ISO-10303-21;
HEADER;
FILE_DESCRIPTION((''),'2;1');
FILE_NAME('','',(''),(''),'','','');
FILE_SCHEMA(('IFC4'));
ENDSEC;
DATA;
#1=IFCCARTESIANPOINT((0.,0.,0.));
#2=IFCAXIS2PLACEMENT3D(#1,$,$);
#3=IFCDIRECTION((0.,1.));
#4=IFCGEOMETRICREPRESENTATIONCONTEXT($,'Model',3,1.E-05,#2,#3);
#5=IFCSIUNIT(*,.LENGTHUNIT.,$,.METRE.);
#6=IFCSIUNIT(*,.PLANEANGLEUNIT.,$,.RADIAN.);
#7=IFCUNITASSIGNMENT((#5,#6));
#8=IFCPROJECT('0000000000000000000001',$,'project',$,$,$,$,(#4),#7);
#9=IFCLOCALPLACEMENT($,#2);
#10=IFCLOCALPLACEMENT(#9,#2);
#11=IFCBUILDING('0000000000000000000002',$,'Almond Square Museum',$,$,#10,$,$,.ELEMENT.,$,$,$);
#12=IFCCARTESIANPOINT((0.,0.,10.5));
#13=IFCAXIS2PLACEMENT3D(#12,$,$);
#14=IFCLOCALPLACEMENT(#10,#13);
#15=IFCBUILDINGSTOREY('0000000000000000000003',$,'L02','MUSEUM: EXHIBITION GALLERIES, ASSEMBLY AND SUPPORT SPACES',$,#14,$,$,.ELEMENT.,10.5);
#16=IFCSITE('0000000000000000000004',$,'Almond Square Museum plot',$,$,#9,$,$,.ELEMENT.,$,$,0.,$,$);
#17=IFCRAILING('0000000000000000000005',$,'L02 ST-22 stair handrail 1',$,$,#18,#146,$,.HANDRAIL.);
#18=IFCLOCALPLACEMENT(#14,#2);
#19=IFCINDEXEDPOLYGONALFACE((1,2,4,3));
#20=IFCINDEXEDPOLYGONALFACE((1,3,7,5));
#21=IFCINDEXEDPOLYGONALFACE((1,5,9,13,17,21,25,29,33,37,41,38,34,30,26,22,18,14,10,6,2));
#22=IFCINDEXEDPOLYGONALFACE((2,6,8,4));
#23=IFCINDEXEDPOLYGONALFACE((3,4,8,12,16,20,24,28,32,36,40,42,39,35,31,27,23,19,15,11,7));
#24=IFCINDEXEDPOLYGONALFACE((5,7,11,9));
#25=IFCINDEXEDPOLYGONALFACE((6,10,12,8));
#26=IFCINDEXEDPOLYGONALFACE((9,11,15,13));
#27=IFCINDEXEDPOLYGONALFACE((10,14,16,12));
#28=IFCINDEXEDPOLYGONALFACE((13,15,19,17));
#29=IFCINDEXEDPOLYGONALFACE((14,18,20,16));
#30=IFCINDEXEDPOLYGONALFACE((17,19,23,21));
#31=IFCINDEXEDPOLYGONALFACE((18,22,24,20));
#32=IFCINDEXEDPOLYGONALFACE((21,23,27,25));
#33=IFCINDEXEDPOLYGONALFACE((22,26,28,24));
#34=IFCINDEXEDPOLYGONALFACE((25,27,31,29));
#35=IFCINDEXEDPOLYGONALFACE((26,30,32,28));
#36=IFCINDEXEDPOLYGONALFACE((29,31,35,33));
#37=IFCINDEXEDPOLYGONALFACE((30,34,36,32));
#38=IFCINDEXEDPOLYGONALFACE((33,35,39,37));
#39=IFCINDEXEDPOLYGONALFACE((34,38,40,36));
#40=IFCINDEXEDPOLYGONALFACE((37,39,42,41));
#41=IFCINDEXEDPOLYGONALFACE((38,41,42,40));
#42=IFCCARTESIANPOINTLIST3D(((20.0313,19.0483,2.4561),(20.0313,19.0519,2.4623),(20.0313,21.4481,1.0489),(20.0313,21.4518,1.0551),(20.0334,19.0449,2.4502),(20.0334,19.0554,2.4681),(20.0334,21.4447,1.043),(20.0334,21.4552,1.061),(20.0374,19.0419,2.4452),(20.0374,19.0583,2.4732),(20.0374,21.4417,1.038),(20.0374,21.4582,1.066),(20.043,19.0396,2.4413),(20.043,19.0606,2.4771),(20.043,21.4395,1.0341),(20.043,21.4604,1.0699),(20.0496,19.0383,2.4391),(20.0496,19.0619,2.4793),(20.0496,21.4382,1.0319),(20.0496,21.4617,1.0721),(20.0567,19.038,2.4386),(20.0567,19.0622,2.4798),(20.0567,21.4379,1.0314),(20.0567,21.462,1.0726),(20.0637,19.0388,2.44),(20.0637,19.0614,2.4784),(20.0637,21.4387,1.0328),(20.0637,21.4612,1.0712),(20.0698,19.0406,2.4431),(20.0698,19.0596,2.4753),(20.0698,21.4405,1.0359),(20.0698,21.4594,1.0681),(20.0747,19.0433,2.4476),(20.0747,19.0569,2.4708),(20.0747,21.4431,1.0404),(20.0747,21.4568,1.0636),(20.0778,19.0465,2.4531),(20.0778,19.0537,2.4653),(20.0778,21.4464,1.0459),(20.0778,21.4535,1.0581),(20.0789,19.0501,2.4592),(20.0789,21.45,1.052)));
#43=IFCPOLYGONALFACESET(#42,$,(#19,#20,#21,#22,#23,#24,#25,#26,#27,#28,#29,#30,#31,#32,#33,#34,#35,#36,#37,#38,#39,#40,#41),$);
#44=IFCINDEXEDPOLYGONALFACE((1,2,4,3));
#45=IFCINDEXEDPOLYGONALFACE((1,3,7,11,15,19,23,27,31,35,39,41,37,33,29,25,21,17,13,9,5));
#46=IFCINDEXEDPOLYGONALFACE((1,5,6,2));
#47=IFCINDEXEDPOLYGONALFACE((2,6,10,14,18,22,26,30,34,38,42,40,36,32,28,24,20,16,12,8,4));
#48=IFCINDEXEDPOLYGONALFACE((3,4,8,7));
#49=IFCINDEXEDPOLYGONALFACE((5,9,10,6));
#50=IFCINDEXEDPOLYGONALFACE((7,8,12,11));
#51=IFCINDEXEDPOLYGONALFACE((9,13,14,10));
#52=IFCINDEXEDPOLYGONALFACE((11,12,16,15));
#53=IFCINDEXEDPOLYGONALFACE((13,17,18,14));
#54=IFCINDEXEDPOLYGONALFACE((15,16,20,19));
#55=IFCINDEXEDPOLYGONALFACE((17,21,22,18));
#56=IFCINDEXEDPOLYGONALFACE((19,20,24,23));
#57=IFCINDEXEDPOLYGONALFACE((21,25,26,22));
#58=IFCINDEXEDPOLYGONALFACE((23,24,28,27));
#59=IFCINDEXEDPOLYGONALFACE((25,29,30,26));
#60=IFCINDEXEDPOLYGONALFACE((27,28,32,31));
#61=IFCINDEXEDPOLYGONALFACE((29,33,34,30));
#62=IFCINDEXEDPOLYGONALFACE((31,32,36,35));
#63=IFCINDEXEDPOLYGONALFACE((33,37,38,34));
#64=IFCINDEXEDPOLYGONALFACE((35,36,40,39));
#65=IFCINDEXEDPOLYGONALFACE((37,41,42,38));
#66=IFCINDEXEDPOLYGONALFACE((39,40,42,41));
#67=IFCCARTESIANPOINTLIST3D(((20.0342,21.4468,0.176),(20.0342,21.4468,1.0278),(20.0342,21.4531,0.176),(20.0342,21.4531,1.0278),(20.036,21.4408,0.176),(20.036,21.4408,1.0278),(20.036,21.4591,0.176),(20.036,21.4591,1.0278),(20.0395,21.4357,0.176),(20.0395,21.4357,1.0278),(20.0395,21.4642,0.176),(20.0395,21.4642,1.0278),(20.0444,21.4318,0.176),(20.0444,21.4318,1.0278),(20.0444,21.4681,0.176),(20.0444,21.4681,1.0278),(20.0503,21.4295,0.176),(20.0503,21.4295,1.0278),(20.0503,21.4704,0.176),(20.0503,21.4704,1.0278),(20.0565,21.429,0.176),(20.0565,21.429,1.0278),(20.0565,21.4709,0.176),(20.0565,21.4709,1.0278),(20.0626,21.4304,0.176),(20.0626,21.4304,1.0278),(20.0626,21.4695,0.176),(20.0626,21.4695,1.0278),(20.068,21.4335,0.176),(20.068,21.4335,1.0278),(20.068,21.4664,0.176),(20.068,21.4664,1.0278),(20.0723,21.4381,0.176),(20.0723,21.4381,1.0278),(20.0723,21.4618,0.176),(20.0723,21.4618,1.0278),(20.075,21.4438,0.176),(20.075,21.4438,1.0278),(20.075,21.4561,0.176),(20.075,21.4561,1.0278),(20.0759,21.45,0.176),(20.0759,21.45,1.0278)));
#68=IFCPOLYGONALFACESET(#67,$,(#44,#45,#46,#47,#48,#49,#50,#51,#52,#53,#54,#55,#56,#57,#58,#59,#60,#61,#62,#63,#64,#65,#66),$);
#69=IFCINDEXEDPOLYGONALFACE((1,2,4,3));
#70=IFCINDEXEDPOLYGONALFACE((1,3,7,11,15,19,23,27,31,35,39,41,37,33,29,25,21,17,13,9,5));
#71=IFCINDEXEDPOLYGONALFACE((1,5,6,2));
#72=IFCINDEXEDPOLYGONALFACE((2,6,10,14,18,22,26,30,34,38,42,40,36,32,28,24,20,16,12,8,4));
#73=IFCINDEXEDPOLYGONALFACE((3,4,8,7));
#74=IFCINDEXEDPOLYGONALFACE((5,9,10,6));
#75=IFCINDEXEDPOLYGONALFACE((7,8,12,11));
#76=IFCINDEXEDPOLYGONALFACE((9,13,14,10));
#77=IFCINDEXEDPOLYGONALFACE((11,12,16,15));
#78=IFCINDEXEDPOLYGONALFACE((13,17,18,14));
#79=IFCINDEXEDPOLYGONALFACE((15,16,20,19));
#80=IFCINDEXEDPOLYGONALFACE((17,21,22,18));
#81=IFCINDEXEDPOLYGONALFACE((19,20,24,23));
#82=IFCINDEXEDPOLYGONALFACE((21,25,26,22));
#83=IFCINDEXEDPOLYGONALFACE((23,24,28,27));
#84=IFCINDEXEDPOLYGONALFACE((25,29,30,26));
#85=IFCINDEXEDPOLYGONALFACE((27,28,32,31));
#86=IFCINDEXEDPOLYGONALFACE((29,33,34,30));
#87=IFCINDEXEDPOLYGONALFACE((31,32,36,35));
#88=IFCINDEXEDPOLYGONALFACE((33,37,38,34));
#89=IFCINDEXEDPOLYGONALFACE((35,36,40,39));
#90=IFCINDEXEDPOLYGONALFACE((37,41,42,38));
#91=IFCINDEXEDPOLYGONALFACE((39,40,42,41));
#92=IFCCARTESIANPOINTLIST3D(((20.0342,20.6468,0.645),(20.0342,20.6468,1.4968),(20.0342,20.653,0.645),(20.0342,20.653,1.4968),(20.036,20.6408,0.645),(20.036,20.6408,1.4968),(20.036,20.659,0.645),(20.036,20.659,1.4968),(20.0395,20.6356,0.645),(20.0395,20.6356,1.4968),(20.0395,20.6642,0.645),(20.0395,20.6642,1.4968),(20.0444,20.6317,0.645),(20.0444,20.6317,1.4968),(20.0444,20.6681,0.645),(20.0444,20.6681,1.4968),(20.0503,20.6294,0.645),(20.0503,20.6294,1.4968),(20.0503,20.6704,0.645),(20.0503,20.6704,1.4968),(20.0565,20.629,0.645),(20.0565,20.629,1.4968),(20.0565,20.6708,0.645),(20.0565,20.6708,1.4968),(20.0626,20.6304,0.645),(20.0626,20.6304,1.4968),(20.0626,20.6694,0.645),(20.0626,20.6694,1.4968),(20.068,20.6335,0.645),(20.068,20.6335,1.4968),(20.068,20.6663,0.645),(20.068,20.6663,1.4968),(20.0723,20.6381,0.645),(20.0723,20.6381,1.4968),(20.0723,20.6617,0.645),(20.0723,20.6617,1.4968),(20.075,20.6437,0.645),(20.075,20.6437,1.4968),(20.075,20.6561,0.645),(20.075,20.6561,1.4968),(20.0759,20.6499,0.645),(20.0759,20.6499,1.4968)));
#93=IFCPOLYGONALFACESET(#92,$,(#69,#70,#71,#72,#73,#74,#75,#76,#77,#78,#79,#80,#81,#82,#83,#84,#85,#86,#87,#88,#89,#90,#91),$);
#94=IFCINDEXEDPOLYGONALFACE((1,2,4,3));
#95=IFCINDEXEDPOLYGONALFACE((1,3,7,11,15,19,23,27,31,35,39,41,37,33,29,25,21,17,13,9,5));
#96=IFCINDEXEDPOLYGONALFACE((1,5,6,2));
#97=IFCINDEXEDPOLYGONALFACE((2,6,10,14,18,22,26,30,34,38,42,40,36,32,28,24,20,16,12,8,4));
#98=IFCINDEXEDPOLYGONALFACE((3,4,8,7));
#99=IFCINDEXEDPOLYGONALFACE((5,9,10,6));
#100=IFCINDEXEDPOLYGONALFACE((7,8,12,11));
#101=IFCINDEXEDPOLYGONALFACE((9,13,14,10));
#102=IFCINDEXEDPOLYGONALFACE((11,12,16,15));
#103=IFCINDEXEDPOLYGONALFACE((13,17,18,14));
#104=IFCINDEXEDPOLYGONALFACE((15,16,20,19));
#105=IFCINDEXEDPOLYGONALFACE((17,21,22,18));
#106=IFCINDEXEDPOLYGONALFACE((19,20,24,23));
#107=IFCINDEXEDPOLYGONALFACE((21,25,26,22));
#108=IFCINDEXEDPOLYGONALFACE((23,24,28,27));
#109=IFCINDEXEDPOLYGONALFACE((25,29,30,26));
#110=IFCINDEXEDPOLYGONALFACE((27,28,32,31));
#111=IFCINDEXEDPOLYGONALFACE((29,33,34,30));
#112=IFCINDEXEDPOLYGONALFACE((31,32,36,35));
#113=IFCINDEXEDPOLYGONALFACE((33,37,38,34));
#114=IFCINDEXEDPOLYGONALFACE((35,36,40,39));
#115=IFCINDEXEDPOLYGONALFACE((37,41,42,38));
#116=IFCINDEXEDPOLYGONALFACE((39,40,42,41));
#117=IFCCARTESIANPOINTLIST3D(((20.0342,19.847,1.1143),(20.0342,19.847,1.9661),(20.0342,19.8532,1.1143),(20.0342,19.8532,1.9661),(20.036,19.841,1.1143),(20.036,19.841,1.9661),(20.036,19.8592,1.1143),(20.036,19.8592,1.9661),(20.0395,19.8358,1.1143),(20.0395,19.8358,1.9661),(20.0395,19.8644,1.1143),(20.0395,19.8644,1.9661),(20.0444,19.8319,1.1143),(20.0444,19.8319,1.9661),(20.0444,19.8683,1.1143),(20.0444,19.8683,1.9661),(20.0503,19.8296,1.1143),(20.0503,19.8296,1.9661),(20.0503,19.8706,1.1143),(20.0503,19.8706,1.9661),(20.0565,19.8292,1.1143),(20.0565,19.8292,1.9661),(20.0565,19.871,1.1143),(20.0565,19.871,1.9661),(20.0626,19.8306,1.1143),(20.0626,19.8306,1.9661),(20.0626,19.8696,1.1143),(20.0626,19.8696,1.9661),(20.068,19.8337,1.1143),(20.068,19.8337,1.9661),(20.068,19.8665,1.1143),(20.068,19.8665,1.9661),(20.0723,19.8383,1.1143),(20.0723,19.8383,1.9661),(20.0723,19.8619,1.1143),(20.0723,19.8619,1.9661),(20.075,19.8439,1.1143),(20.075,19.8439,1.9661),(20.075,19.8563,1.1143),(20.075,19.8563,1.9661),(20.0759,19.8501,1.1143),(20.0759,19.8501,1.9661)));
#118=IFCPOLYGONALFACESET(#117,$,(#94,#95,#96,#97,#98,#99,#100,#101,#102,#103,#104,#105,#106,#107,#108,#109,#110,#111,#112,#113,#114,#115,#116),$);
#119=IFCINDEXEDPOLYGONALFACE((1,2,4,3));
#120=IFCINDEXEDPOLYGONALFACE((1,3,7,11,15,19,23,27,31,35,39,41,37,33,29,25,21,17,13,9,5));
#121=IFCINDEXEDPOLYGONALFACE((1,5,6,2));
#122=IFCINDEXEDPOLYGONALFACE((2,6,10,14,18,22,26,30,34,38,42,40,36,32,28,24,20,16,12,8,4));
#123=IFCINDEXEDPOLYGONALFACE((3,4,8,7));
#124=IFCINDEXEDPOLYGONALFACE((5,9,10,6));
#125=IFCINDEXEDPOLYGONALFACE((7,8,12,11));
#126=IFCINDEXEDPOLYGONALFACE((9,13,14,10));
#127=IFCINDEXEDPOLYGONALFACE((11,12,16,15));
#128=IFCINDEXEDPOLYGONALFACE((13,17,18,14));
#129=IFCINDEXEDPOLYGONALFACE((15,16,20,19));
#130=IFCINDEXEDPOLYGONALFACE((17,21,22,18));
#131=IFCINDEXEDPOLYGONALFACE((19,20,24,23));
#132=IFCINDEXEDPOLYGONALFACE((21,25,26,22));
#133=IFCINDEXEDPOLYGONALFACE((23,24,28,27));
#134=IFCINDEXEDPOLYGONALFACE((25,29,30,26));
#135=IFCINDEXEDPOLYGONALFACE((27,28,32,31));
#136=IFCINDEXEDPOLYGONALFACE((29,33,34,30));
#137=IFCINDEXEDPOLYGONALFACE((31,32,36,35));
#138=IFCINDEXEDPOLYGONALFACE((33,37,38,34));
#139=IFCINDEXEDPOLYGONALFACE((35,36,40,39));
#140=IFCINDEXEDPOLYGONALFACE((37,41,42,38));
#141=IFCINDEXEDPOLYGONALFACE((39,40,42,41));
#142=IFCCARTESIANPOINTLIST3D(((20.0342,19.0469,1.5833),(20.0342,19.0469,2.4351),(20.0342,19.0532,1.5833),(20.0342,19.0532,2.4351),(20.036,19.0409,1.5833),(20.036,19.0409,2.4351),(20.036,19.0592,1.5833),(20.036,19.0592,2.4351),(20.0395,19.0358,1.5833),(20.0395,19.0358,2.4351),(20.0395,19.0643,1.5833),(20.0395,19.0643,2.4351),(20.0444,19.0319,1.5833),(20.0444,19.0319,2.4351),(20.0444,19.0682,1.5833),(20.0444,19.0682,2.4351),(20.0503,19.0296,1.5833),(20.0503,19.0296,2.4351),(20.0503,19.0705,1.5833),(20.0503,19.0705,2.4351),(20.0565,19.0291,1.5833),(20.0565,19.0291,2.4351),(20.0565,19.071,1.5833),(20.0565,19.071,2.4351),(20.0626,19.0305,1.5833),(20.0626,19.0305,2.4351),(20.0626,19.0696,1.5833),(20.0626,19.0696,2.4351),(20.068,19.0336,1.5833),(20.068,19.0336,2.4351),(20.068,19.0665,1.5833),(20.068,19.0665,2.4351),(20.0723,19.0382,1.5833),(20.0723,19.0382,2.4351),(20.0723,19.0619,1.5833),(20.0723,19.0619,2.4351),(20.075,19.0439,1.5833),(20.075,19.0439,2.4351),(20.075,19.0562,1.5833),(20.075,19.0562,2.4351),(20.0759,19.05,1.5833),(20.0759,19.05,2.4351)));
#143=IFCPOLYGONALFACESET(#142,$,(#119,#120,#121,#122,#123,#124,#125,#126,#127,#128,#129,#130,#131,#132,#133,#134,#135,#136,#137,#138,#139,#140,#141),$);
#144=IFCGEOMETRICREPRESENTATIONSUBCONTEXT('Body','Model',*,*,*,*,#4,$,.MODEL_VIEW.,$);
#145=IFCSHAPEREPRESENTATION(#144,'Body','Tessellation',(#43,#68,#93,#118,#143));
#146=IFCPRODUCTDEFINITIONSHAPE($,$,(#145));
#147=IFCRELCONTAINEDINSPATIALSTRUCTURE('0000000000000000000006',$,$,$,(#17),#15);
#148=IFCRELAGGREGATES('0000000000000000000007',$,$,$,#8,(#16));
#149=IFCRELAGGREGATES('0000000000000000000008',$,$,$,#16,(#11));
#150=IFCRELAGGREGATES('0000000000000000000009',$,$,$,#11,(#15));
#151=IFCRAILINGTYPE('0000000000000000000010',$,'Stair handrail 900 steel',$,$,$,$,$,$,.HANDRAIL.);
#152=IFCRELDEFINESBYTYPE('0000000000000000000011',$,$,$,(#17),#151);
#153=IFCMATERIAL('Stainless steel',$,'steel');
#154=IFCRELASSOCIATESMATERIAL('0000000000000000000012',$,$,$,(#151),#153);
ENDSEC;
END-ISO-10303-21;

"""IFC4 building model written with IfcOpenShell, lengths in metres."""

from ifc_helpers import new_model, si_unit, direction, frame, origin, origin_2d, place, context, subcontext, project, spatial, circle, extrude, material, type_object, element, save


model = new_model("IFC4")

# Units and contexts
model_context = context("Model", 3, precision=1e-05, world=origin(), true_north=direction((0.0, 1.0)))
body_context = subcontext(model_context, "Body", "Model", "MODEL_VIEW")
ifc_project = project(units=[si_unit("LENGTHUNIT", "METRE"), si_unit("PLANEANGLEUNIT", "RADIAN")], contexts=[model_context])

# Site, building, storey
site_placement = place(None, origin())
site = spatial("IfcSite", under=ifc_project, at=site_placement, Name="Almond Square Museum plot", CompositionType="ELEMENT", RefElevation=0.0)
building_placement = place(site_placement, origin())
building = spatial("IfcBuilding", under=site, at=building_placement, Name="Almond Square Museum", CompositionType="ELEMENT")
storey_placement = place(building_placement, frame((0.0, 0.0, 10.5)))
storey = spatial("IfcBuildingStorey", under=building, at=storey_placement, Name="L02", Description="MUSEUM: EXHIBITION GALLERIES, ASSEMBLY AND SUPPORT SPACES", CompositionType="ELEMENT", Elevation=10.5)

# Railing
ifc_material_1 = material(Name="Stainless steel", Category="steel")
railing_type_1 = type_object("IfcRailingType", Name="Stair handrail 900 steel", PredefinedType="HANDRAIL", material=ifc_material_1)
railing_1_placement = place(storey_placement, frame((20.0549, 21.45, 0.176)))
element("IfcRailing", 1, at=railing_1_placement, inside=storey, type_object=railing_type_1, Name="L02 ST-22 stair handrail 1", PredefinedType="HANDRAIL", context=body_context, shape_type="SweptSolid", body=[
    extrude(circle(Radius=0.0239, at=origin_2d()), frame((0.0, 0.0, 0.876), z_axis=(0.0, -0.862637, 0.505823), x_axis=(1.0, 0.0, 0.0)), (0.0, 0.0, 1.0), 2.782),
    extrude(circle(Radius=0.021, at=origin_2d()), origin(), (0.0, 0.0, 1.0), 0.8518),
    extrude(circle(Radius=0.021, at=origin_2d()), frame((0.0, -0.8, 0.469)), (0.0, 0.0, 1.0), 0.8518),
    extrude(circle(Radius=0.021, at=origin_2d()), frame((0.0, -1.5999, 0.9382)), (0.0, 0.0, 1.0), 0.8518),
    extrude(circle(Radius=0.021, at=origin_2d()), frame((0.0, -2.3999, 1.4072)), (0.0, 0.0, 1.0), 0.8518),
])

save(model, "model.ifc")
